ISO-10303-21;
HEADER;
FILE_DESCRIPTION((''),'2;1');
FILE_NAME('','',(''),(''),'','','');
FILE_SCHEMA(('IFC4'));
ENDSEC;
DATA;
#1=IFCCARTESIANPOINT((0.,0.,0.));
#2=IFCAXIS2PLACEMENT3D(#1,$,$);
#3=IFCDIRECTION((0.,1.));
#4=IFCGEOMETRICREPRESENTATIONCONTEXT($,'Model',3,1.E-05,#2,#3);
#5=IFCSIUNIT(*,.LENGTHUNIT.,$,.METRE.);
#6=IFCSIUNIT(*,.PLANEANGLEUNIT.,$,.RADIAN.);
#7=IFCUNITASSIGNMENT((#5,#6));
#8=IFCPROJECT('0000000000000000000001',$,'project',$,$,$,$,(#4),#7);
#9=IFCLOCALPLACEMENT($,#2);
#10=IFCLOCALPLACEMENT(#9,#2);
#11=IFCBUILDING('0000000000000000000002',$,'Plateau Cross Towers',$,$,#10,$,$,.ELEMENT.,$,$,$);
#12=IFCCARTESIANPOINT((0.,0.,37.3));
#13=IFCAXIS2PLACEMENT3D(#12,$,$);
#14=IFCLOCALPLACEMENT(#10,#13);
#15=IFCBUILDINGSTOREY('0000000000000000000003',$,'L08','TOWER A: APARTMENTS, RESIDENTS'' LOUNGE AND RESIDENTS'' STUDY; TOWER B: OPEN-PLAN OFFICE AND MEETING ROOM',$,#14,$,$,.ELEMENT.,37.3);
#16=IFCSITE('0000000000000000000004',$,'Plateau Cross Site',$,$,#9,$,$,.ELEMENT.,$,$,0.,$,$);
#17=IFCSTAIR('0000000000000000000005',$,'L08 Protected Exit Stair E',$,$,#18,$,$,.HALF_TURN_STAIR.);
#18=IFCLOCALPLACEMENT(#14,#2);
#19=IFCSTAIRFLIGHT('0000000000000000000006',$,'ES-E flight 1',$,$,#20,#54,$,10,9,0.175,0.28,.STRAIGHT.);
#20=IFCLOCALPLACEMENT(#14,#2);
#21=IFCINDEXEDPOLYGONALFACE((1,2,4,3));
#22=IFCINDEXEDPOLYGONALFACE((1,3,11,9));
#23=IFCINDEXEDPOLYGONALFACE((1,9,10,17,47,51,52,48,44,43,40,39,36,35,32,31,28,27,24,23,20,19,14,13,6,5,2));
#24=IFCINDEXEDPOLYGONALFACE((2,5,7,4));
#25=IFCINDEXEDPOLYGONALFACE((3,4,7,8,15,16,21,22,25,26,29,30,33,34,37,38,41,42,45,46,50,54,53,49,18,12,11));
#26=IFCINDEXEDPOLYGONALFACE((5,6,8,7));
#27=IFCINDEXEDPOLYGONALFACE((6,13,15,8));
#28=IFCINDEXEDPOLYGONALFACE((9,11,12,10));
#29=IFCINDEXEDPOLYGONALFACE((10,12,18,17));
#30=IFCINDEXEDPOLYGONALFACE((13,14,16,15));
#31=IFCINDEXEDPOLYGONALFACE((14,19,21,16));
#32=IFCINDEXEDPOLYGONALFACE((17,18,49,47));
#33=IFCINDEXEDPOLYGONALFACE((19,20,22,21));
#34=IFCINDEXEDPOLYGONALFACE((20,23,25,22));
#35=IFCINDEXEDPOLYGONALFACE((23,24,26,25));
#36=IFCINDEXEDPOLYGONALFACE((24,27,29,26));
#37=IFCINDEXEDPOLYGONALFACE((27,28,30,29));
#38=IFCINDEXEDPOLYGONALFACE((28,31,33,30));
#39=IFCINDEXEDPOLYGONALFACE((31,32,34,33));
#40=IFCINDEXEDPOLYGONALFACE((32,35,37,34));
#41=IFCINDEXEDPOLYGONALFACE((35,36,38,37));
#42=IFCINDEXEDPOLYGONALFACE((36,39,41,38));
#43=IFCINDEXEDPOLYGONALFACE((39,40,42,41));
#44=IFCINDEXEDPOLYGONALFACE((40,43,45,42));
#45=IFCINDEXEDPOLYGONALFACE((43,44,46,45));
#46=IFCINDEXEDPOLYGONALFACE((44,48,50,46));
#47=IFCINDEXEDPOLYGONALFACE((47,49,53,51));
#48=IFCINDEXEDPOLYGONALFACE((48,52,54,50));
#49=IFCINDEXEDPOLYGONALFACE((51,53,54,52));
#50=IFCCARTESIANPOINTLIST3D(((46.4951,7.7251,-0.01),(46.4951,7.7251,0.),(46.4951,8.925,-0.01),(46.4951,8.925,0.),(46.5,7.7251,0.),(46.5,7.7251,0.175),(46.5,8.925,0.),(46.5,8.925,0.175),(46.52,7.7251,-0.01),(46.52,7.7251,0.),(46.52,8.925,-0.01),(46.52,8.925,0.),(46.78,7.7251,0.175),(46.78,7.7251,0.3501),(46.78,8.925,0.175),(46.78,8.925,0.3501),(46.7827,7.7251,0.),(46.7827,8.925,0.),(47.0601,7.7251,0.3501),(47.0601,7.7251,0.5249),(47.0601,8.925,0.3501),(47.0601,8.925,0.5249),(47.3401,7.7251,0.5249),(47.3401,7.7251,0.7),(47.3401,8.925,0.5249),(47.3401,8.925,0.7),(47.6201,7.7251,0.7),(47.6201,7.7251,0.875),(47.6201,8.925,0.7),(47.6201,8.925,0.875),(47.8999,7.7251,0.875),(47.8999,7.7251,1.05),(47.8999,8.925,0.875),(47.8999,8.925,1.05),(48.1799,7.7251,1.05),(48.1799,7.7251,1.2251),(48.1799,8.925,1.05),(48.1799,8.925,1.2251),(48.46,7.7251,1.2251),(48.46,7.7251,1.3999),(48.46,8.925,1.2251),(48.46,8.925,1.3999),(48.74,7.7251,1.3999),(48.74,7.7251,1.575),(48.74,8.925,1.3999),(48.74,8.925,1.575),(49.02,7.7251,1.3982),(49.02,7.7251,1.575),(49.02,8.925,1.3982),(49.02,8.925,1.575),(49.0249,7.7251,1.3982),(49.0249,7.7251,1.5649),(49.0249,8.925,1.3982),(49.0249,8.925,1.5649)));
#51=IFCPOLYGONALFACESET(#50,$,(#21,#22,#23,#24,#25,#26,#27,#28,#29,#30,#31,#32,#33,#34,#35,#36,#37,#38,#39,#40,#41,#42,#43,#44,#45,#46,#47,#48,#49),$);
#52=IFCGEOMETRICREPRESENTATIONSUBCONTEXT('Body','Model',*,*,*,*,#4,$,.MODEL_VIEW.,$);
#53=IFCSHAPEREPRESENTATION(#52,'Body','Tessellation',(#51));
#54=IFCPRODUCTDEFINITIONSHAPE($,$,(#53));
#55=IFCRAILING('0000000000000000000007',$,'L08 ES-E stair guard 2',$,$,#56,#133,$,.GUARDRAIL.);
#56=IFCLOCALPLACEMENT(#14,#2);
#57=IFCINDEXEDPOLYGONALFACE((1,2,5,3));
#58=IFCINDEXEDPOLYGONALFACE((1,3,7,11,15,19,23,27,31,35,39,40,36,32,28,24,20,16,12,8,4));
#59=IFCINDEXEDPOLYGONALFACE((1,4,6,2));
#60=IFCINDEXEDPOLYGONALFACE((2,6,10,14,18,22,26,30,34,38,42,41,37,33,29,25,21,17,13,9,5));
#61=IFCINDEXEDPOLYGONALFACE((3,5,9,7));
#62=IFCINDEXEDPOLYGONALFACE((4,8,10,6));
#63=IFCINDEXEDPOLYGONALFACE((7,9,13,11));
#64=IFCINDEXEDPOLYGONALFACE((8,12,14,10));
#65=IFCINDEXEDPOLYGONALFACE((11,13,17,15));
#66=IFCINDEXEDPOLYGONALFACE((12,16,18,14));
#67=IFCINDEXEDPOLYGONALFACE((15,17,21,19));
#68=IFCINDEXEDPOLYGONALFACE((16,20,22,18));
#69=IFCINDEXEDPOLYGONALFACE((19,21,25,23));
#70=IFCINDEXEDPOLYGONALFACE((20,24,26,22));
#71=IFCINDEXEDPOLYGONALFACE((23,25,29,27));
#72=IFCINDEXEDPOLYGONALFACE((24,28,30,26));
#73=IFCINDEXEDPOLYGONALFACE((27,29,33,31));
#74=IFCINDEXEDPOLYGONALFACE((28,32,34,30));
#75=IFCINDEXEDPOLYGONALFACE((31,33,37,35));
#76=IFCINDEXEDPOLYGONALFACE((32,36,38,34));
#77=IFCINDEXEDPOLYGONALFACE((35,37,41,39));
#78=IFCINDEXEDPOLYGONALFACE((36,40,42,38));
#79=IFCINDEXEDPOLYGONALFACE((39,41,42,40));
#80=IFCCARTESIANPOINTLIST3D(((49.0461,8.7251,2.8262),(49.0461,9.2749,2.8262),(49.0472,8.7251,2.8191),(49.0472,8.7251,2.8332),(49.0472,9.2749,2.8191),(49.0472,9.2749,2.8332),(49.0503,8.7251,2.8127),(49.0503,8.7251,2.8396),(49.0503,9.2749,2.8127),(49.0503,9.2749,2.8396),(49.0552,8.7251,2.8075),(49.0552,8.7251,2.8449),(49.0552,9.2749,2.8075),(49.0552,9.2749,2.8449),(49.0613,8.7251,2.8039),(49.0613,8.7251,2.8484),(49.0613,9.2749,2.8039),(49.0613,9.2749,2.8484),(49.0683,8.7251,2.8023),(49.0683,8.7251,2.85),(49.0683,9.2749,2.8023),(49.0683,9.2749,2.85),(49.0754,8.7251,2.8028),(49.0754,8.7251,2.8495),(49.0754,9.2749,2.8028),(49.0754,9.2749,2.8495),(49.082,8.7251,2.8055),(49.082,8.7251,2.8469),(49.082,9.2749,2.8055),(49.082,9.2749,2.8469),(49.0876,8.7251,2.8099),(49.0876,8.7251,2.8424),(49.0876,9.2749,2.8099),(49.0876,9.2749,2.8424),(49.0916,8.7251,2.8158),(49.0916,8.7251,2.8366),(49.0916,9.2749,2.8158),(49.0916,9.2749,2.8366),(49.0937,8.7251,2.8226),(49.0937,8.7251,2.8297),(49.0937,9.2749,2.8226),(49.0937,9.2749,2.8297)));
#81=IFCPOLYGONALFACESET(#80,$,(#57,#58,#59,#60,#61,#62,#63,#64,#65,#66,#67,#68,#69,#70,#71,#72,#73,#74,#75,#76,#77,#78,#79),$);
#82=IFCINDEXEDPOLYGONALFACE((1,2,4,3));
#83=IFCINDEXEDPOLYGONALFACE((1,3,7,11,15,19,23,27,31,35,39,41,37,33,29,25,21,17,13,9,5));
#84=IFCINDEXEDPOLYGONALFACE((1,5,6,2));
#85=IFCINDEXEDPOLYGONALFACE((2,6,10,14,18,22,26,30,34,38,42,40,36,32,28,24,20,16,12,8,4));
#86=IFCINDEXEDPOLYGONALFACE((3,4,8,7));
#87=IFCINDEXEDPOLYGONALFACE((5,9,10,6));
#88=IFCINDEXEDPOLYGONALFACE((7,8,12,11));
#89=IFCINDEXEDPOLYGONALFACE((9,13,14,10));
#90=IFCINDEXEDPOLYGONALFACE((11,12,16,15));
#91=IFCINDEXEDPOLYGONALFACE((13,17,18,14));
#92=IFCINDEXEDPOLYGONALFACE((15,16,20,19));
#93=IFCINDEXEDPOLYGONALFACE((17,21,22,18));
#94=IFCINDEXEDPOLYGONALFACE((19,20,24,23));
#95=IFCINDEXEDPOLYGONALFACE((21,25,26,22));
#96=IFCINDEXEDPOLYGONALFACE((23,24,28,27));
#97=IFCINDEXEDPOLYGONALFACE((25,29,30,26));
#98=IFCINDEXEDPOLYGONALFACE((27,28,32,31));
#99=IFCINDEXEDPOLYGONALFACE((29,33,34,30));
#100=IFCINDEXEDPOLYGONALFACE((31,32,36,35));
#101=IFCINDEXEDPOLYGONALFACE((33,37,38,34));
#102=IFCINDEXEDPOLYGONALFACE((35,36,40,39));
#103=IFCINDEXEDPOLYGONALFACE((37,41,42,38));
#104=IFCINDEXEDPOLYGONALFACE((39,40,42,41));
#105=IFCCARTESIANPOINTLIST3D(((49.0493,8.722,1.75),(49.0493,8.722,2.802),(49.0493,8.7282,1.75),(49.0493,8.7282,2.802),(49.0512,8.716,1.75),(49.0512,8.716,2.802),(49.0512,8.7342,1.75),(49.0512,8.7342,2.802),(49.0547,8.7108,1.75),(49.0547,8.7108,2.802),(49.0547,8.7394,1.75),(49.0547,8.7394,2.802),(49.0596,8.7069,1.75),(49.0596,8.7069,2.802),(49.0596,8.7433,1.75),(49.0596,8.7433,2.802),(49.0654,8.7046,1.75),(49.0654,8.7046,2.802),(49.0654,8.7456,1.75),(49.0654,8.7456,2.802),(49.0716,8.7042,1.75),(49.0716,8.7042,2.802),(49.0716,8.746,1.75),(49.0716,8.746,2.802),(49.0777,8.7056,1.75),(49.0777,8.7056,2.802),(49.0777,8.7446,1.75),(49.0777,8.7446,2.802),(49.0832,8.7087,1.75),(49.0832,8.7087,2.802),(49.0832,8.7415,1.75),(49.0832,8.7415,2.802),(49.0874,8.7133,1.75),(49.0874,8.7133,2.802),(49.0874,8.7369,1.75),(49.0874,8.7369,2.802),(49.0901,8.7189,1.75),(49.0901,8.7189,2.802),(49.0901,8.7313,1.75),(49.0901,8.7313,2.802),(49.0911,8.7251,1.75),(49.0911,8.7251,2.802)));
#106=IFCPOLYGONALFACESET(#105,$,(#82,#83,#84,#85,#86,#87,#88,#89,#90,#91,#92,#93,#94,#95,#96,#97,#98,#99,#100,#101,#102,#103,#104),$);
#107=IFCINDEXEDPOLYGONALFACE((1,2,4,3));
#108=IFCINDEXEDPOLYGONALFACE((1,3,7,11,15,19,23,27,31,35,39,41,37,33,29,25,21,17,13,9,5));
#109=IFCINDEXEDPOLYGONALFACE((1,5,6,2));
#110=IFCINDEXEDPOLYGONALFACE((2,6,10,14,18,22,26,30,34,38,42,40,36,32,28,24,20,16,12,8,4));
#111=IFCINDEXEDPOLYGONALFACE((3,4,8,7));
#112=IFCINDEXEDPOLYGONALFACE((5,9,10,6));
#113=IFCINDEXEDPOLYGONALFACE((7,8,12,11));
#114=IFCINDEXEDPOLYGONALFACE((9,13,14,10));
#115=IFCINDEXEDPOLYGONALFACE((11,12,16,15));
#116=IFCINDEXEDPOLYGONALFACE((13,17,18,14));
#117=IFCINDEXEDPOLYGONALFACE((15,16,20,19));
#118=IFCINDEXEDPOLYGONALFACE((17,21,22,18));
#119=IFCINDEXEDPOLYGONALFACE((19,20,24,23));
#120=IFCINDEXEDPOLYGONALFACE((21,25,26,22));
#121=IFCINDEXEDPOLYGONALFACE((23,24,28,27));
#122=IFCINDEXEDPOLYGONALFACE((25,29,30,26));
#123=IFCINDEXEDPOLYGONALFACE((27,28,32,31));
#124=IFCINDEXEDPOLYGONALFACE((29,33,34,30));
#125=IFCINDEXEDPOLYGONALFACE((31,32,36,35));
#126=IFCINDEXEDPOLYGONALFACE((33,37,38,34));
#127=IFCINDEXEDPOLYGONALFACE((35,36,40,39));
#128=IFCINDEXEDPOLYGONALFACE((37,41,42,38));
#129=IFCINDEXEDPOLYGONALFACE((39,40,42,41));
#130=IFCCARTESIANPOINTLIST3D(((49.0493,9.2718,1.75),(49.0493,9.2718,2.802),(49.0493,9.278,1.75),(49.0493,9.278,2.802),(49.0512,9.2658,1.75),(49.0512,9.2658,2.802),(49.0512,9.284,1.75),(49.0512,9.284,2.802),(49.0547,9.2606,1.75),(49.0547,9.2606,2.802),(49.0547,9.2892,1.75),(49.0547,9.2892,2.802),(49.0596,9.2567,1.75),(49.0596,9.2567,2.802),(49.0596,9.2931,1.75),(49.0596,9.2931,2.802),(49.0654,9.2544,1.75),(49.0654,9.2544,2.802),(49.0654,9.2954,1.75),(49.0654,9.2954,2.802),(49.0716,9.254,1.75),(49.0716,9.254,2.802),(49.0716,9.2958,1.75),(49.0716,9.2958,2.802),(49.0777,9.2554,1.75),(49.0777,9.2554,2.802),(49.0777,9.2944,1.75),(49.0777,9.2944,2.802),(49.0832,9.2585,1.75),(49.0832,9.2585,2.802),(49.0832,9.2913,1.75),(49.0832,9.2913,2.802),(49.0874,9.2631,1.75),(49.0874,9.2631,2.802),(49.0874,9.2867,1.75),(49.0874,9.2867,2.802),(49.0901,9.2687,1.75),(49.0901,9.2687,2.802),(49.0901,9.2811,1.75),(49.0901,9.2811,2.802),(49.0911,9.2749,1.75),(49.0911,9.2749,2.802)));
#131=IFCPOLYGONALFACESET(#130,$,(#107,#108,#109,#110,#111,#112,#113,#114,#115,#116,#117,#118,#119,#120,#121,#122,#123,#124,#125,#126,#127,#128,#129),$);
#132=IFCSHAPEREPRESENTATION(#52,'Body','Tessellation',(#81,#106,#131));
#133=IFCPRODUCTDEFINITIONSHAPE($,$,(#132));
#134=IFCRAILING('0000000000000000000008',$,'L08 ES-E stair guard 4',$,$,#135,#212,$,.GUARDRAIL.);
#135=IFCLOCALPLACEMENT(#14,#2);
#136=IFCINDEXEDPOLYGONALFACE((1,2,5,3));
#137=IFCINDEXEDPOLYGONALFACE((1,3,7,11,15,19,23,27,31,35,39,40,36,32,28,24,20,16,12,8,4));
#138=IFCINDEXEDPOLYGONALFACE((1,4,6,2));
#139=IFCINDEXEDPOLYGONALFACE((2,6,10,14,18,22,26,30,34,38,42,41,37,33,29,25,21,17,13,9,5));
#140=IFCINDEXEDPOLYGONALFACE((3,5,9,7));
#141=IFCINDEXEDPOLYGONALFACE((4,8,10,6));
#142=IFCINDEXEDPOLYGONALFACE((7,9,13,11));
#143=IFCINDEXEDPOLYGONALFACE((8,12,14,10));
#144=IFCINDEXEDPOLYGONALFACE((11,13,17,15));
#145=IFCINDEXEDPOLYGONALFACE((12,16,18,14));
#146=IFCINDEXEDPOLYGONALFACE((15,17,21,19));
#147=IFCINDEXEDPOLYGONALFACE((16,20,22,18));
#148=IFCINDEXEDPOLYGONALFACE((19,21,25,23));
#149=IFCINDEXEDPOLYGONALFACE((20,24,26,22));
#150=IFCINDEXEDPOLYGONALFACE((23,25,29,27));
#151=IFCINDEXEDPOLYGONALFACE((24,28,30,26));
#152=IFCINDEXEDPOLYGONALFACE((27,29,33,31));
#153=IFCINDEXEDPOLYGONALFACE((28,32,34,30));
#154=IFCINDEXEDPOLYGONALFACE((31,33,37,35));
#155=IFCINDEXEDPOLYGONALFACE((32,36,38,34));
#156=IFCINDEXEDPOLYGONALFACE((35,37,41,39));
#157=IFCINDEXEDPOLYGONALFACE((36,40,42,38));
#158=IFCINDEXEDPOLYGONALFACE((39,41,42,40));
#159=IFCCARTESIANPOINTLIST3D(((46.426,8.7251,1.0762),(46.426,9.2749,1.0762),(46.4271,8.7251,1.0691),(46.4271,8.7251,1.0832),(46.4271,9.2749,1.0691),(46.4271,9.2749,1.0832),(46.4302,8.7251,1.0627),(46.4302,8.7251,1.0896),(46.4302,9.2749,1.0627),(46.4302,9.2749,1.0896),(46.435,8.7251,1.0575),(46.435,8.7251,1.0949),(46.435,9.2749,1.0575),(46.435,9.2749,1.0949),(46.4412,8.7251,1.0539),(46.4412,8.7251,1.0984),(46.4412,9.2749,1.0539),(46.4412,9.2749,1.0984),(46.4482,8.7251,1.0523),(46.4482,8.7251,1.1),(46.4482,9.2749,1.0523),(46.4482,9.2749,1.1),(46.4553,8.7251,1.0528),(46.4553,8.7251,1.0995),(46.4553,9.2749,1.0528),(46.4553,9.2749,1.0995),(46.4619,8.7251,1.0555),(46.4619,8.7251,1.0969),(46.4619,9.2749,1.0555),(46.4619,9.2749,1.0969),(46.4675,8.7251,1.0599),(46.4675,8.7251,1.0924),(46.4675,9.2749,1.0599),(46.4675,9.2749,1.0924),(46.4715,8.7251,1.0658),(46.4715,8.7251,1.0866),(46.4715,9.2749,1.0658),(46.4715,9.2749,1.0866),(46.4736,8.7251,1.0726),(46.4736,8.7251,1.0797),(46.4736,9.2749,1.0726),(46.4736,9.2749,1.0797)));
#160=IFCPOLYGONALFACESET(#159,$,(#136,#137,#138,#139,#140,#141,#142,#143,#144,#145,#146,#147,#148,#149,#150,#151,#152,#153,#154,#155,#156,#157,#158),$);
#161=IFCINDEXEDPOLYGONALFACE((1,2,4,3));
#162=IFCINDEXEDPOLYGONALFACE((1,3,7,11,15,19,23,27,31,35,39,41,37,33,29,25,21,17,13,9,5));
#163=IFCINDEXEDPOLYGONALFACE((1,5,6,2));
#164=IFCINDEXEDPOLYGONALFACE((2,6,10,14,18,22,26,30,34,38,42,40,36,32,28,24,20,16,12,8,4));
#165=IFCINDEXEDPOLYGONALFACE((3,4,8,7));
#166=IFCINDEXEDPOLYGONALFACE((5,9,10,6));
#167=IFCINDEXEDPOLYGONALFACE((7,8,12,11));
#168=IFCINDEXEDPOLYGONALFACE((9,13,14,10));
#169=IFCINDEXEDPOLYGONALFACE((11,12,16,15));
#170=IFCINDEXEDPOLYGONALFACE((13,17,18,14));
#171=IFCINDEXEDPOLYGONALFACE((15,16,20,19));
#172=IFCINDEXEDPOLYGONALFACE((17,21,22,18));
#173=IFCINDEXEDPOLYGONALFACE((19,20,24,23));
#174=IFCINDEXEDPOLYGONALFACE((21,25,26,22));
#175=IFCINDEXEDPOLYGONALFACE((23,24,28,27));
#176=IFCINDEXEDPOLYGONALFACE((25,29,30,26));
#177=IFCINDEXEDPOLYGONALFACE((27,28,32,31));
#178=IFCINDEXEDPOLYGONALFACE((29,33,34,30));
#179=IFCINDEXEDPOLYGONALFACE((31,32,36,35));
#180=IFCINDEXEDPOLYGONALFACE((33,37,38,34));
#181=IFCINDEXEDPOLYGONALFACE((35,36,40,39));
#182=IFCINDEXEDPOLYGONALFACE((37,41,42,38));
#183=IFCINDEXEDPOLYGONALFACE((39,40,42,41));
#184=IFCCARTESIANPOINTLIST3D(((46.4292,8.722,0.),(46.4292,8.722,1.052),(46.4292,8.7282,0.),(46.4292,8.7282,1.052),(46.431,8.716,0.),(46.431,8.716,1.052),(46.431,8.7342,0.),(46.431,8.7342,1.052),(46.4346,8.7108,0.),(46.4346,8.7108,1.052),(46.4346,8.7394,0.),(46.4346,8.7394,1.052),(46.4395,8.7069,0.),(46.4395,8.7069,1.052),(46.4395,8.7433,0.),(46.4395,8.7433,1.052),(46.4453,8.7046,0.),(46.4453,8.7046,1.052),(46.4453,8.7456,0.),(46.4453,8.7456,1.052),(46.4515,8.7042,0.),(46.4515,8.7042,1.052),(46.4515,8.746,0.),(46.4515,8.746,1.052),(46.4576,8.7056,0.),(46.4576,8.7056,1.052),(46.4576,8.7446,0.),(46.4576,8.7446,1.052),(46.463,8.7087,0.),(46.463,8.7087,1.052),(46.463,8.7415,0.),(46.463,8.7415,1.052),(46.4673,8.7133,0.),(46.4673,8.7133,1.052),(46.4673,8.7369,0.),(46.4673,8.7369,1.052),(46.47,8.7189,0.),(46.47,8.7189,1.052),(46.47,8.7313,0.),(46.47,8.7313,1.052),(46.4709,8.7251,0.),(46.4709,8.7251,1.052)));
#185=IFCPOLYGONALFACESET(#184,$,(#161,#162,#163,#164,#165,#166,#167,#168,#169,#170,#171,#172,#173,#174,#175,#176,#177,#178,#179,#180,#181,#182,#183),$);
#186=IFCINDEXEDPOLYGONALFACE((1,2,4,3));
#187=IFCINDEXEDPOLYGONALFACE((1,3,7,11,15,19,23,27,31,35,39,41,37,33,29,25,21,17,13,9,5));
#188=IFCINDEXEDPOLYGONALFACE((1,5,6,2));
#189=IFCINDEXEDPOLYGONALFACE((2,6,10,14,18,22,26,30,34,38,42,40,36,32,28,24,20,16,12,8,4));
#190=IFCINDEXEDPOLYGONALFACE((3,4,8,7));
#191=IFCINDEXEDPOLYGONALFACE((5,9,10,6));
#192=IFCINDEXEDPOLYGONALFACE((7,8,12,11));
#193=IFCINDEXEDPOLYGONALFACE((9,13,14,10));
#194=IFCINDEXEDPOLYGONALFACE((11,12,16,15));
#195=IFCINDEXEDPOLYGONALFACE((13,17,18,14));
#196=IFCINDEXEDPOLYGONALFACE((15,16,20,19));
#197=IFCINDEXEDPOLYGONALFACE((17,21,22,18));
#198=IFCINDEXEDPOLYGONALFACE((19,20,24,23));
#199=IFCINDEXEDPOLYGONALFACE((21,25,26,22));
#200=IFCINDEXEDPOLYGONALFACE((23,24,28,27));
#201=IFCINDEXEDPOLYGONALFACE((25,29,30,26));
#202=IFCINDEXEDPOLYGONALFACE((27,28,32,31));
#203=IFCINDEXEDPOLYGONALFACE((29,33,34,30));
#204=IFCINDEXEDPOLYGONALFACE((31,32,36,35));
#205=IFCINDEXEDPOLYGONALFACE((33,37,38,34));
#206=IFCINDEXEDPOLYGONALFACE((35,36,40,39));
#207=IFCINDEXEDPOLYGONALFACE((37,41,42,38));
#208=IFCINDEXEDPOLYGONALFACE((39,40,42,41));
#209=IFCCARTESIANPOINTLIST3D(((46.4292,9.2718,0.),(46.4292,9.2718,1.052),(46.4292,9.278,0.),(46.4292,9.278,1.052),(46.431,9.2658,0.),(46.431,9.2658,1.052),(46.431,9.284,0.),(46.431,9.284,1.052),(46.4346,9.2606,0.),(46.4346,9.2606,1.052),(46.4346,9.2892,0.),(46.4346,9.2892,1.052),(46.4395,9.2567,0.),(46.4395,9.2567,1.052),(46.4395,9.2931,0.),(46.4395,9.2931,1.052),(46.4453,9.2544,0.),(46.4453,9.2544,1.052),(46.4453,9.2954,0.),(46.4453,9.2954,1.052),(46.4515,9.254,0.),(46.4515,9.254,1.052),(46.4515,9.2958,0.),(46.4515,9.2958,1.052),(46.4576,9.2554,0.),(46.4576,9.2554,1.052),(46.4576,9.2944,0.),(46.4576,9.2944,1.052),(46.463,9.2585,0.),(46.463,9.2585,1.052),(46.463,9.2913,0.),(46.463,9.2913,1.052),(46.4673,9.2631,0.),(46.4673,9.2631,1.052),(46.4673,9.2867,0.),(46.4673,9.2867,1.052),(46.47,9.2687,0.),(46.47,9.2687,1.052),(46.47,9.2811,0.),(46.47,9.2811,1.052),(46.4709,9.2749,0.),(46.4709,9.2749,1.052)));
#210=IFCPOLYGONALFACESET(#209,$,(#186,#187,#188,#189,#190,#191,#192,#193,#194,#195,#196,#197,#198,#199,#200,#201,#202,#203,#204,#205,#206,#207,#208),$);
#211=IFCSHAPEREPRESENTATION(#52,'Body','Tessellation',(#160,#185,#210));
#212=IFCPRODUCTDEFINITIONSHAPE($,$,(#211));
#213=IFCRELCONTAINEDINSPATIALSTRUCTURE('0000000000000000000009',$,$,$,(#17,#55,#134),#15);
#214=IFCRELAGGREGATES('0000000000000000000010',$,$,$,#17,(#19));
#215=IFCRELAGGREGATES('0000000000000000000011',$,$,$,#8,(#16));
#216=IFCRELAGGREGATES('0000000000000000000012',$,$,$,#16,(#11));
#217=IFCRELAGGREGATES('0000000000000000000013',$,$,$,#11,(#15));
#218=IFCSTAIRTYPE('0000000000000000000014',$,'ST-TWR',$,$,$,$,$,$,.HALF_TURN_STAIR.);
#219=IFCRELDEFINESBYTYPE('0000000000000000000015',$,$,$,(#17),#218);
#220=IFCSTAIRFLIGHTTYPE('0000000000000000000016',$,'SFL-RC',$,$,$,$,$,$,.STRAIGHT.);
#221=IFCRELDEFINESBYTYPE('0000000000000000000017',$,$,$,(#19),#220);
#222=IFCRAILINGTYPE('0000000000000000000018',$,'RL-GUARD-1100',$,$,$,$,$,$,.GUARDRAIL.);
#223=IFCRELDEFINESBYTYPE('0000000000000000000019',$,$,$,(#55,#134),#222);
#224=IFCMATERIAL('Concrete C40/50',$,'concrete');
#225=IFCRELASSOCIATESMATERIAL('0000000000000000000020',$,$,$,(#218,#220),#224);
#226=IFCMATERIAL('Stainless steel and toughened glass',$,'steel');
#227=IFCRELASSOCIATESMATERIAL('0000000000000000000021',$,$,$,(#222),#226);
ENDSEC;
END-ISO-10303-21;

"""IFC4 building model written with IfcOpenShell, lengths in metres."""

from ifc_helpers import new_model, si_unit, direction, frame, origin, origin_2d, place, context, subcontext, project, spatial, polyline, circle, outline, extrude, material, type_object, element, aggregate, save


model = new_model("IFC4")

# Units and contexts
model_context = context("Model", 3, precision=1e-05, world=origin(), true_north=direction((0.0, 1.0)))
body_context = subcontext(model_context, "Body", "Model", "MODEL_VIEW")
ifc_project = project(units=[si_unit("LENGTHUNIT", "METRE"), si_unit("PLANEANGLEUNIT", "RADIAN")], contexts=[model_context])

# Site, building, storey
site_placement = place(None, origin())
site = spatial("IfcSite", under=ifc_project, at=site_placement, Name="Plateau Cross Site", CompositionType="ELEMENT", RefElevation=0.0)
building_placement = place(site_placement, origin())
building = spatial("IfcBuilding", under=site, at=building_placement, Name="Plateau Cross Towers", CompositionType="ELEMENT")
storey_placement = place(building_placement, frame((0.0, 0.0, 37.3)))
storey = spatial("IfcBuildingStorey", under=building, at=storey_placement, Name="L08", Description="TOWER A: APARTMENTS, RESIDENTS' LOUNGE AND RESIDENTS' STUDY; TOWER B: OPEN-PLAN OFFICE AND MEETING ROOM", CompositionType="ELEMENT", Elevation=37.3)

# Stair, stair flight
ifc_material_1 = material(Name="Concrete C40/50", Category="concrete")
stair_type = type_object("IfcStairType", Name="ST-TWR", PredefinedType="HALF_TURN_STAIR", material=ifc_material_1)
stair_placement = place(storey_placement, origin())
stair = element("IfcStair", 1, at=stair_placement, inside=storey, type_object=stair_type, Name="L08 Protected Exit Stair E", PredefinedType="HALF_TURN_STAIR")
stair_flight_type = type_object("IfcStairFlightType", Name="SFL-RC", PredefinedType="STRAIGHT", material=ifc_material_1)
stair_flight_placement = place(storey_placement, frame((46.5, 8.325, 0.0), z_axis=(0.0, 0.0, 1.0), x_axis=(1.0, 0.0, 0.0)))
stair_flight = element("IfcStairFlight", 2, at=stair_flight_placement, type_object=stair_flight_type, Name="ES-E flight 1", NumberOfRisers=10, NumberOfTreads=9, PredefinedType="STRAIGHT", RiserHeight=0.175, TreadLength=0.28, context=body_context, shape_type="SweptSolid", body=[
    extrude(outline(polyline([(-0.0049, -0.01), (-0.0049, 0.0), (0.0, 0.0), (0.0, 0.175), (0.28, 0.175), (0.28, 0.3501), (0.5601, 0.3501), (0.5601, 0.5249), (0.8401, 0.5249), (0.8401, 0.7), (1.1201, 0.7), (1.1201, 0.875), (1.3999, 0.875), (1.3999, 1.05), (1.6799, 1.05), (1.6799, 1.2251), (1.96, 1.2251), (1.96, 1.3999), (2.24, 1.3999), (2.24, 1.575), (2.52, 1.575), (2.5249, 1.5649), (2.5249, 1.3982), (2.52, 1.3982), (0.2827, 0.0), (0.02, 0.0), (0.02, -0.01), (-0.0049, -0.01)])), frame((0.0, 0.6001, 0.0), z_axis=(0.0, -1.0, 0.0), x_axis=(1.0, 0.0, 0.0)), (0.0, 0.0, 1.0), 1.2),
])
aggregate(stair, [stair_flight])

# Railings
ifc_material_2 = material(Name="Stainless steel and toughened glass", Category="steel")
railing_type_1 = type_object("IfcRailingType", Name="RL-GUARD-1100", PredefinedType="GUARDRAIL", material=ifc_material_2)
for number, where, name in (
    (3, (49.0701, 8.7251, 1.75), "L08 ES-E stair guard 2"),
    (4, (46.45, 8.7251, 0.0), "L08 ES-E stair guard 4"),
):
    element("IfcRailing", number, at=place(storey_placement, frame(where)), inside=storey, type_object=railing_type_1, Name=name, PredefinedType="GUARDRAIL", context=body_context, shape_type="SweptSolid", body=[
        extrude(circle(Radius=0.0239, at=origin_2d()), frame((0.0, 0.0, 1.0762), z_axis=(0.0, 1.0, 0.0), x_axis=(-1.0, 0.0, 0.0)), (0.0, 0.0, 1.0), 0.5498),
        extrude(circle(Radius=0.021, at=origin_2d()), origin(), (0.0, 0.0, 1.0), 1.052),
        extrude(circle(Radius=0.021, at=origin_2d()), frame((0.0, 0.5498, 0.0)), (0.0, 0.0, 1.0), 1.052),
    ])

save(model, "model.ifc")
